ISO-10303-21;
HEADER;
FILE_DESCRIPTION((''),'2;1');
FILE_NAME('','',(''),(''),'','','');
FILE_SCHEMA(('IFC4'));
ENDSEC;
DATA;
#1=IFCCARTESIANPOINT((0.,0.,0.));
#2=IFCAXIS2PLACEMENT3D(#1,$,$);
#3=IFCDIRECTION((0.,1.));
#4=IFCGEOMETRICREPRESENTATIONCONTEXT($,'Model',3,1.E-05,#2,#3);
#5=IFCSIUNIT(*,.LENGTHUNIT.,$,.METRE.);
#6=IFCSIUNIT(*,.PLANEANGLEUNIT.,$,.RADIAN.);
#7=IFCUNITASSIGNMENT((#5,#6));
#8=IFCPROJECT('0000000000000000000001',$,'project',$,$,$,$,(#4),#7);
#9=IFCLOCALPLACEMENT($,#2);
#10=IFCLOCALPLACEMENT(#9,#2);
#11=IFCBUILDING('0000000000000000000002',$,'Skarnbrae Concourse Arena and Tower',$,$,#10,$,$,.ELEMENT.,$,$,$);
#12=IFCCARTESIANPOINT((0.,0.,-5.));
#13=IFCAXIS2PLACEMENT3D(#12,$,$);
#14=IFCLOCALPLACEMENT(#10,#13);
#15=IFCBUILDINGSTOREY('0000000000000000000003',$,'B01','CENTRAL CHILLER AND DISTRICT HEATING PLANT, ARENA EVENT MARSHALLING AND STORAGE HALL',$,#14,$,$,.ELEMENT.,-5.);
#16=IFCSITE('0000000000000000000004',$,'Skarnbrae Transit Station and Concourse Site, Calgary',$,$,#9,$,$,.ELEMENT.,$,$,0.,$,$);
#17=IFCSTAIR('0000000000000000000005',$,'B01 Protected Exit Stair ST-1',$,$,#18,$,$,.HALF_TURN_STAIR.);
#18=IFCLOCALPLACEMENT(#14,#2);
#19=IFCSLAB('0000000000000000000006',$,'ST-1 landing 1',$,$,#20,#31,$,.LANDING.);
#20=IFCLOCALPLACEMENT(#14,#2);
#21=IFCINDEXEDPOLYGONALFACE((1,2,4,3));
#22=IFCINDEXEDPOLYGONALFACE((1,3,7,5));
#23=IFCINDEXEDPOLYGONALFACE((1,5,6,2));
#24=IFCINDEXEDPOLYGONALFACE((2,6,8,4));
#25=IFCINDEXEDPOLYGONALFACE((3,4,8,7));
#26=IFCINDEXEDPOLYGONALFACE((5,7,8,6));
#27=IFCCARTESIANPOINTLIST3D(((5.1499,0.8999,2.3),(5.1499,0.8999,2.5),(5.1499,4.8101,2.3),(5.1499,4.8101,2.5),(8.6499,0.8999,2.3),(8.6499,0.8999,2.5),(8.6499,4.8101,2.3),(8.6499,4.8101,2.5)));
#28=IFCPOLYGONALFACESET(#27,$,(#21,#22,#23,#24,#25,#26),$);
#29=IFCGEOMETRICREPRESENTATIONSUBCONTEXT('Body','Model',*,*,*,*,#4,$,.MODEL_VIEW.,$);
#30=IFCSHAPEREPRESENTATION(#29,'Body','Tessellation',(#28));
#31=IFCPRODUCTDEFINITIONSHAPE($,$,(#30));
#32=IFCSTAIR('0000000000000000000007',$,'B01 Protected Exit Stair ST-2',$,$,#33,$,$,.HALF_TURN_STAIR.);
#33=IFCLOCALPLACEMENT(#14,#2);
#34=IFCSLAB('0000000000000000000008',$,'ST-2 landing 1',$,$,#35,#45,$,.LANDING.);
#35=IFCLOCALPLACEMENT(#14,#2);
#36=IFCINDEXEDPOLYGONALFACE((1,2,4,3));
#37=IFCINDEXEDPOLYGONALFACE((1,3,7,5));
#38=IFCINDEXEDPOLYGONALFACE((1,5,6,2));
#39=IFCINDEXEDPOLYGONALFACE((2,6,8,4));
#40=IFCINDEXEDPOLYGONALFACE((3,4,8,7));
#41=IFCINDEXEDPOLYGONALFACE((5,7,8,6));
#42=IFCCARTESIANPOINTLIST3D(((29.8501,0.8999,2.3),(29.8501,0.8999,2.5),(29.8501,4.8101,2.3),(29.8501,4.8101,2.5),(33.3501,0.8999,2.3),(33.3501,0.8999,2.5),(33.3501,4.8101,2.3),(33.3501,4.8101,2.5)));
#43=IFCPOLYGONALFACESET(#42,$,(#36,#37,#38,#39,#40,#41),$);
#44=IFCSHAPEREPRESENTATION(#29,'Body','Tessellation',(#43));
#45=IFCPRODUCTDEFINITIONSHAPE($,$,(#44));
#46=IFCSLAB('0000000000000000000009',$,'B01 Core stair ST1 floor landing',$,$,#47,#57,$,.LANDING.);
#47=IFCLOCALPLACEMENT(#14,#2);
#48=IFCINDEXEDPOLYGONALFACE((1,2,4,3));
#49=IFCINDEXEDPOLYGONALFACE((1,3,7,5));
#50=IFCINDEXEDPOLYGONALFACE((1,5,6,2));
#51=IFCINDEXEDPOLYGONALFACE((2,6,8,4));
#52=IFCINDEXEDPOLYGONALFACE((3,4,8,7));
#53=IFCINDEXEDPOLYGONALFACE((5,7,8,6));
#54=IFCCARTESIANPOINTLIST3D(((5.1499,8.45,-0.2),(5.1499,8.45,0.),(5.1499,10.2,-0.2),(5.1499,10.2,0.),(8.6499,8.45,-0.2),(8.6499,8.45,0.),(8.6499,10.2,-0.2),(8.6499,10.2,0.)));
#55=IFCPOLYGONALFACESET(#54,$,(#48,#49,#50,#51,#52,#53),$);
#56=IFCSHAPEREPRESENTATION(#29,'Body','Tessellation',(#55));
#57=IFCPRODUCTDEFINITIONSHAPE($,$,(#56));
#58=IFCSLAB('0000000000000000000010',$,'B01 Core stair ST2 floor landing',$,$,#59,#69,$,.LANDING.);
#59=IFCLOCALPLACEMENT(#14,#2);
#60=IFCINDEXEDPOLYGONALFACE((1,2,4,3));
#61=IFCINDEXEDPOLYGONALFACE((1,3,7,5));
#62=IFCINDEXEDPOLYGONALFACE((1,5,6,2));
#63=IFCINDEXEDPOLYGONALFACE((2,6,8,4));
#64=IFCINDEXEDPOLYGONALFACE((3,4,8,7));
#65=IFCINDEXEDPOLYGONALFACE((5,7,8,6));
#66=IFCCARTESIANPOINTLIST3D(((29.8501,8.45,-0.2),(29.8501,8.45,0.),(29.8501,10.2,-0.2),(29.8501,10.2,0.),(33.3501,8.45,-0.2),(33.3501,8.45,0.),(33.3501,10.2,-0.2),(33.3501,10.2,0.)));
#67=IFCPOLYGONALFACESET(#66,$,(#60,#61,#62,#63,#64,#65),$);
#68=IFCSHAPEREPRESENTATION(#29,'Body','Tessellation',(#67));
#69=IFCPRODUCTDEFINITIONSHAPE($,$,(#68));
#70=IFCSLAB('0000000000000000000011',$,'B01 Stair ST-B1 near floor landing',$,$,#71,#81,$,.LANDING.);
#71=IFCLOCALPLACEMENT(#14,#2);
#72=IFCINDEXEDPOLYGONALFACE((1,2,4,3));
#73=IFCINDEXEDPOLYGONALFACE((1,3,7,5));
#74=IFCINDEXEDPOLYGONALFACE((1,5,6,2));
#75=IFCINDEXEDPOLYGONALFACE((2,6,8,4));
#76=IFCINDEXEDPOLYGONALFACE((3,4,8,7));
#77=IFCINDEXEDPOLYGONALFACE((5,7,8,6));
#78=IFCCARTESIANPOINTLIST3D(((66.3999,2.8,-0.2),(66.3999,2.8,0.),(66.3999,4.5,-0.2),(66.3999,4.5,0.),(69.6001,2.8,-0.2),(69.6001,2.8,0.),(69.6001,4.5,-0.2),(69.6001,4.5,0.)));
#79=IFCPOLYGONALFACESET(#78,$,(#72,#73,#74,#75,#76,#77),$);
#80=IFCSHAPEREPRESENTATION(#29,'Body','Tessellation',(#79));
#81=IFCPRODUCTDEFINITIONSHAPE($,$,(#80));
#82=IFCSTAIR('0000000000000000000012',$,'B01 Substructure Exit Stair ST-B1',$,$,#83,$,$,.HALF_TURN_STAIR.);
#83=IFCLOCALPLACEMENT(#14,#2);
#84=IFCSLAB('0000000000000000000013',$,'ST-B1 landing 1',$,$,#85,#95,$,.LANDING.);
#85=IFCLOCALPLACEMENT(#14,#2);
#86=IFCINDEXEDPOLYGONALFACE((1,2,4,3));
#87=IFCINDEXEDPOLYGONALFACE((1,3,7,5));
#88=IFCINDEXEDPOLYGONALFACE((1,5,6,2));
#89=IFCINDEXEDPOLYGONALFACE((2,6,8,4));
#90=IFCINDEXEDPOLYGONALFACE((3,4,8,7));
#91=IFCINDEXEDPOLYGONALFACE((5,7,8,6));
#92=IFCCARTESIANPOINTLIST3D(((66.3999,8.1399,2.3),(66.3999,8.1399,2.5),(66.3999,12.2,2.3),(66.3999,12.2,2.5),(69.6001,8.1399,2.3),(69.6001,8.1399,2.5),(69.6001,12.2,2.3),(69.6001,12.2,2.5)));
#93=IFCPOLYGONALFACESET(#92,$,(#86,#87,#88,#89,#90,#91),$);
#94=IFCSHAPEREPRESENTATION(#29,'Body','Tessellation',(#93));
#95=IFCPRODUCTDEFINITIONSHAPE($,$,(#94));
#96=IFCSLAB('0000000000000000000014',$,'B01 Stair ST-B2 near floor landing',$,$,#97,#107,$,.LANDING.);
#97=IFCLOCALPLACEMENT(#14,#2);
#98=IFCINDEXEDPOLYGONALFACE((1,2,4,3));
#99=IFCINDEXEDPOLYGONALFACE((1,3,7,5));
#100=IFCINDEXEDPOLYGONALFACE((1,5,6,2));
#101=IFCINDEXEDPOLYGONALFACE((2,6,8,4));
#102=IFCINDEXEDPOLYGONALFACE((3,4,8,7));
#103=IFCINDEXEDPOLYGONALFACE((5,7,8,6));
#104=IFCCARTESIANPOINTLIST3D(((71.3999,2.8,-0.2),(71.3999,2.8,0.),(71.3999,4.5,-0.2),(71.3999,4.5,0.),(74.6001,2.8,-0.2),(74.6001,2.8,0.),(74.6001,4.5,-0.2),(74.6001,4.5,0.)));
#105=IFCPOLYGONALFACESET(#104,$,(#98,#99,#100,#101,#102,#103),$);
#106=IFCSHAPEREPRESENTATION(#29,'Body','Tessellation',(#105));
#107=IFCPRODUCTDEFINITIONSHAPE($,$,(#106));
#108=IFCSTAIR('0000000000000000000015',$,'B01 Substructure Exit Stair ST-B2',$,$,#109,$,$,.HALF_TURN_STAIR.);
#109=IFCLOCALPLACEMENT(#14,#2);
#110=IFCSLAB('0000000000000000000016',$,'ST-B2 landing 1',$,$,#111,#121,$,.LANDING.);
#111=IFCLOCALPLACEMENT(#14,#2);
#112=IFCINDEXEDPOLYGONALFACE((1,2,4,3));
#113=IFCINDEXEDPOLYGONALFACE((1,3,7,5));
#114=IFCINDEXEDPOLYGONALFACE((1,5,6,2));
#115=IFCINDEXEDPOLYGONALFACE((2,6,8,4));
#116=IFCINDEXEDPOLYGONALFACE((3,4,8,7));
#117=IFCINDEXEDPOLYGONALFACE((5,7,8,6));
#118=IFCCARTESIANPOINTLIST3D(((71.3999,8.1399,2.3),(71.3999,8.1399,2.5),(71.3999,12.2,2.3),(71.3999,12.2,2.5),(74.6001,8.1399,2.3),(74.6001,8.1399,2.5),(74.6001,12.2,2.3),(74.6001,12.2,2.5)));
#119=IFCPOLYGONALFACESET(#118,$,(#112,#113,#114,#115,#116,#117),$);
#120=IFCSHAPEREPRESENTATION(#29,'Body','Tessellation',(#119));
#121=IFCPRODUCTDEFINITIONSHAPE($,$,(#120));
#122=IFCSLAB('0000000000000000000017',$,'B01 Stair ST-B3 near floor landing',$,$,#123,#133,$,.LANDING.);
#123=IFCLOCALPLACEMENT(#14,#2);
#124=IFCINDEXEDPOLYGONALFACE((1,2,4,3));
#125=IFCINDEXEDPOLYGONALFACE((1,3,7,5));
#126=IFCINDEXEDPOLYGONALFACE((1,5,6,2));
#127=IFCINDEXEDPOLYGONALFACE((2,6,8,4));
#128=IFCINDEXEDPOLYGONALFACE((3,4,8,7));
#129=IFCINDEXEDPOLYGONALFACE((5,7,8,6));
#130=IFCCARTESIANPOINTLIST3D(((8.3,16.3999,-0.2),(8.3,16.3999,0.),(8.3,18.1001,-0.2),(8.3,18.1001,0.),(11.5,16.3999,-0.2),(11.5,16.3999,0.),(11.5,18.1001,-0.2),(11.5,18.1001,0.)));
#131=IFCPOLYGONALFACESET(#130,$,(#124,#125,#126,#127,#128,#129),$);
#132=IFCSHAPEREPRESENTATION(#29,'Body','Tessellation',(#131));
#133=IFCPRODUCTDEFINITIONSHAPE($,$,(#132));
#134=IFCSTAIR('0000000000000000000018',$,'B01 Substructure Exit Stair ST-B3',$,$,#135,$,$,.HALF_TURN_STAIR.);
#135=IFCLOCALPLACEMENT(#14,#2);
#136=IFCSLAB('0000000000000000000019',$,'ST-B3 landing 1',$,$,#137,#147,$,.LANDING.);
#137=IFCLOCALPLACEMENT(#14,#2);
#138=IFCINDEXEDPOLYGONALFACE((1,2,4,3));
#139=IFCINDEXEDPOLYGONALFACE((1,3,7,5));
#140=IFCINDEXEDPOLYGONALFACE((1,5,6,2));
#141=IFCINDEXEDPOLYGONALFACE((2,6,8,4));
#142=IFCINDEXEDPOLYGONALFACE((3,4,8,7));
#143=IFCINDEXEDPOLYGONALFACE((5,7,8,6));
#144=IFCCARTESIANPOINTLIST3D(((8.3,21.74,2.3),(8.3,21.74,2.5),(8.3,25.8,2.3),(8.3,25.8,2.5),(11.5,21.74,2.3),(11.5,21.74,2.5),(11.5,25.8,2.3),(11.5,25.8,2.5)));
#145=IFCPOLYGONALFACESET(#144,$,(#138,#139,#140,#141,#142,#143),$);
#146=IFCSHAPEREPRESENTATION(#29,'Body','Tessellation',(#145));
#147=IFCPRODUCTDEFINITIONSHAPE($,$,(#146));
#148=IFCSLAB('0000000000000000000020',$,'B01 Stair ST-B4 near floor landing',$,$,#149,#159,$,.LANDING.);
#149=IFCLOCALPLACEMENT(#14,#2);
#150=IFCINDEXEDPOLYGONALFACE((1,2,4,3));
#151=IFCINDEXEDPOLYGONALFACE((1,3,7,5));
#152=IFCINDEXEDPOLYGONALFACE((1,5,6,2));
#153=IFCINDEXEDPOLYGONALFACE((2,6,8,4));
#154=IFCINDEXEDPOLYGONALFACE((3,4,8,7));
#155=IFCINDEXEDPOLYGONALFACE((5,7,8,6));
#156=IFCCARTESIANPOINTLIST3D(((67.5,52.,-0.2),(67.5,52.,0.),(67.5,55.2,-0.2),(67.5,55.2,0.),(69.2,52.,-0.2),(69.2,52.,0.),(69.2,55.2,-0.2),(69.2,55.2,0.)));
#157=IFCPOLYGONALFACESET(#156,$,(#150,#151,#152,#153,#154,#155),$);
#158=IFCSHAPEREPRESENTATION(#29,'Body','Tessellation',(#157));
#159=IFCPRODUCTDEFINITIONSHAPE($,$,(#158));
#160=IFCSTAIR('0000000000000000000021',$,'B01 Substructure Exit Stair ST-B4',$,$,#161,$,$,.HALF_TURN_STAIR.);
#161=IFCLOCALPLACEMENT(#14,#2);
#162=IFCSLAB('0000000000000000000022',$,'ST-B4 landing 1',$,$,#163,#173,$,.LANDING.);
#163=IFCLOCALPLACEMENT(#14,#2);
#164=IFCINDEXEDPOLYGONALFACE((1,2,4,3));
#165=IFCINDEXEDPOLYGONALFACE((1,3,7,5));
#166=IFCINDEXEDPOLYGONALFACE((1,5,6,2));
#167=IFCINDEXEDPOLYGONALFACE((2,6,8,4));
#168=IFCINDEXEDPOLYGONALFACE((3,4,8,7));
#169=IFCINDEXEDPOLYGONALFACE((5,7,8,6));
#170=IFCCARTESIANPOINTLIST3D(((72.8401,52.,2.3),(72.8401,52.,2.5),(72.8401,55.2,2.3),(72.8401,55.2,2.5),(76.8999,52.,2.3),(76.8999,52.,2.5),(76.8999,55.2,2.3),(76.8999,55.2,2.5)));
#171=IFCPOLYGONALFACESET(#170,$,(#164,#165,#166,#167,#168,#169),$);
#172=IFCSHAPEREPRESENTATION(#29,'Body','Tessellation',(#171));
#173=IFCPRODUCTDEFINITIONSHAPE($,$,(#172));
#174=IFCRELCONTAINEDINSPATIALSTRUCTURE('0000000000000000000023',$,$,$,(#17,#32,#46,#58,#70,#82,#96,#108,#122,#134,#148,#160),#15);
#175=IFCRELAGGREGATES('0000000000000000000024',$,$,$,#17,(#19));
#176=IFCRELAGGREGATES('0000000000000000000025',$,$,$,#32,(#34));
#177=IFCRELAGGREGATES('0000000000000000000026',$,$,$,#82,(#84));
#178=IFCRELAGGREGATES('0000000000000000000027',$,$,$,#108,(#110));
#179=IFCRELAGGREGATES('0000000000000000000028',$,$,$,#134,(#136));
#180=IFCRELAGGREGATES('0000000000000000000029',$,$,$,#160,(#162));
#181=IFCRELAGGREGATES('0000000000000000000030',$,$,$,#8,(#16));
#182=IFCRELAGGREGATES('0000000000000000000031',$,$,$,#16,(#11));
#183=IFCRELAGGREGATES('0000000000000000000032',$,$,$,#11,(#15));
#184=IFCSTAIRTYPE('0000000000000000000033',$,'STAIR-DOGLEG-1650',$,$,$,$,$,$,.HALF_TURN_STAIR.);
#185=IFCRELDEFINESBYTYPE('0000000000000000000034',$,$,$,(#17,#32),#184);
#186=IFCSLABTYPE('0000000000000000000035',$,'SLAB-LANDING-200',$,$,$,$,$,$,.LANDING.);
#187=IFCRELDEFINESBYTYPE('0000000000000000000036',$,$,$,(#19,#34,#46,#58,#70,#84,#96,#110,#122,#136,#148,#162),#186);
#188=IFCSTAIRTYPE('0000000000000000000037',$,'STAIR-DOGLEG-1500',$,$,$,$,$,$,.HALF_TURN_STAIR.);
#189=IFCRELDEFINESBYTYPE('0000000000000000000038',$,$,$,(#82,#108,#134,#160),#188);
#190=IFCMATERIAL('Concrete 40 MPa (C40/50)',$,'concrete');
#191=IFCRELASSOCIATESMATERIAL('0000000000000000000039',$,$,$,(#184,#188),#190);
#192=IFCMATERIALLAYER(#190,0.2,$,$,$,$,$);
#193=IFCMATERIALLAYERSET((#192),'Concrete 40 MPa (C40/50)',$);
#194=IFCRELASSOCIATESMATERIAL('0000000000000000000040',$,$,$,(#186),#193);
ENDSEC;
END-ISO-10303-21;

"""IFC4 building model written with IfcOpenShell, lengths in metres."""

from ifc_helpers import new_model, si_unit, direction, frame, origin, place, context, subcontext, project, spatial, polyline, outline, extrude, material, layer, layer_set, type_object, element, aggregate, save


model = new_model("IFC4")

# Units and contexts
model_context = context("Model", 3, precision=1e-05, world=origin(), true_north=direction((0.0, 1.0)))
body_context = subcontext(model_context, "Body", "Model", "MODEL_VIEW")
ifc_project = project(units=[si_unit("LENGTHUNIT", "METRE"), si_unit("PLANEANGLEUNIT", "RADIAN")], contexts=[model_context])

# Site, building, storey
site_placement = place(None, origin())
site = spatial("IfcSite", under=ifc_project, at=site_placement, Name="Skarnbrae Transit Station and Concourse Site, Calgary", CompositionType="ELEMENT", RefElevation=0.0)
building_placement = place(site_placement, origin())
building = spatial("IfcBuilding", under=site, at=building_placement, Name="Skarnbrae Concourse Arena and Tower", CompositionType="ELEMENT")
storey_placement = place(building_placement, frame((0.0, 0.0, -5.0)))
storey = spatial("IfcBuildingStorey", under=building, at=storey_placement, Name="B01", Description="CENTRAL CHILLER AND DISTRICT HEATING PLANT, ARENA EVENT MARSHALLING AND STORAGE HALL", CompositionType="ELEMENT", Elevation=-5.0)

# Stairs, slabs
ifc_material_1 = material(Name="Concrete 40 MPa (C40/50)", Category="concrete")
stair_type_1 = type_object("IfcStairType", Name="STAIR-DOGLEG-1650", PredefinedType="HALF_TURN_STAIR", material=ifc_material_1)
stair_1_placement = place(storey_placement, origin())
stair_1 = element("IfcStair", 1, at=stair_1_placement, inside=storey, type_object=stair_type_1, Name="B01 Protected Exit Stair ST-1", PredefinedType="HALF_TURN_STAIR")
ifc_layer_1 = layer(ifc_material_1, 0.2)
ifc_layer_set_1 = layer_set([ifc_layer_1], Name="Concrete 40 MPa (C40/50)")
slab_type_1 = type_object("IfcSlabType", Name="SLAB-LANDING-200", PredefinedType="LANDING", material=ifc_layer_set_1)
slab_1_placement = place(storey_placement, frame((0.0, 0.0, 2.3)))
slab_1 = element("IfcSlab", 2, at=slab_1_placement, type_object=slab_type_1, Name="ST-1 landing 1", PredefinedType="LANDING", context=body_context, shape_type="SweptSolid", body=[
    extrude(outline(polyline([(5.1499, 4.8101), (5.1499, 0.8999), (8.6499, 0.8999), (8.6499, 4.8101), (5.1499, 4.8101)])), origin(), (0.0, 0.0, 1.0), 0.2),
])
aggregate(stair_1, [slab_1])
stair_2_placement = place(storey_placement, origin())
stair_2 = element("IfcStair", 3, at=stair_2_placement, inside=storey, type_object=stair_type_1, Name="B01 Protected Exit Stair ST-2", PredefinedType="HALF_TURN_STAIR")
slab_2_placement = place(storey_placement, frame((0.0, 0.0, 2.3)))
slab_2 = element("IfcSlab", 4, at=slab_2_placement, type_object=slab_type_1, Name="ST-2 landing 1", PredefinedType="LANDING", context=body_context, shape_type="SweptSolid", body=[
    extrude(outline(polyline([(29.8501, 4.8101), (29.8501, 0.8999), (33.3501, 0.8999), (33.3501, 4.8101), (29.8501, 4.8101)])), origin(), (0.0, 0.0, 1.0), 0.2),
])
aggregate(stair_2, [slab_2])

# Slabs
slab_3_placement = place(storey_placement, frame((0.0, 0.0, -0.2)))
element("IfcSlab", 5, at=slab_3_placement, inside=storey, type_object=slab_type_1, Name="B01 Core stair ST1 floor landing", PredefinedType="LANDING", context=body_context, shape_type="SweptSolid", body=[
    extrude(outline(polyline([(5.1499, 10.2), (5.1499, 8.45), (8.6499, 8.45), (8.6499, 10.2), (5.1499, 10.2)])), origin(), (0.0, 0.0, 1.0), 0.2),
])
slab_4_placement = place(storey_placement, frame((0.0, 0.0, -0.2)))
element("IfcSlab", 6, at=slab_4_placement, inside=storey, type_object=slab_type_1, Name="B01 Core stair ST2 floor landing", PredefinedType="LANDING", context=body_context, shape_type="SweptSolid", body=[
    extrude(outline(polyline([(29.8501, 10.2), (29.8501, 8.45), (33.3501, 8.45), (33.3501, 10.2), (29.8501, 10.2)])), origin(), (0.0, 0.0, 1.0), 0.2),
])
slab_5_placement = place(storey_placement, frame((0.0, 0.0, -0.2)))
element("IfcSlab", 7, at=slab_5_placement, inside=storey, type_object=slab_type_1, Name="B01 Stair ST-B1 near floor landing", PredefinedType="LANDING", context=body_context, shape_type="SweptSolid", body=[
    extrude(outline(polyline([(69.6001, 2.8), (69.6001, 4.5), (66.3999, 4.5), (66.3999, 2.8), (69.6001, 2.8)])), origin(), (0.0, 0.0, 1.0), 0.2),
])

# Stair, slab
stair_type_2 = type_object("IfcStairType", Name="STAIR-DOGLEG-1500", PredefinedType="HALF_TURN_STAIR", material=ifc_material_1)
stair_3_placement = place(storey_placement, origin())
stair_3 = element("IfcStair", 8, at=stair_3_placement, inside=storey, type_object=stair_type_2, Name="B01 Substructure Exit Stair ST-B1", PredefinedType="HALF_TURN_STAIR")
slab_6_placement = place(storey_placement, frame((0.0, 0.0, 2.3)))
slab_6 = element("IfcSlab", 9, at=slab_6_placement, type_object=slab_type_1, Name="ST-B1 landing 1", PredefinedType="LANDING", context=body_context, shape_type="SweptSolid", body=[
    extrude(outline(polyline([(69.6001, 8.1399), (69.6001, 12.2), (66.3999, 12.2), (66.3999, 8.1399), (69.6001, 8.1399)])), origin(), (0.0, 0.0, 1.0), 0.2),
])
aggregate(stair_3, [slab_6])

# Slab
slab_7_placement = place(storey_placement, frame((0.0, 0.0, -0.2)))
element("IfcSlab", 10, at=slab_7_placement, inside=storey, type_object=slab_type_1, Name="B01 Stair ST-B2 near floor landing", PredefinedType="LANDING", context=body_context, shape_type="SweptSolid", body=[
    extrude(outline(polyline([(74.6001, 2.8), (74.6001, 4.5), (71.3999, 4.5), (71.3999, 2.8), (74.6001, 2.8)])), origin(), (0.0, 0.0, 1.0), 0.2),
])

# Stair, slab
stair_4_placement = place(storey_placement, origin())
stair_4 = element("IfcStair", 11, at=stair_4_placement, inside=storey, type_object=stair_type_2, Name="B01 Substructure Exit Stair ST-B2", PredefinedType="HALF_TURN_STAIR")
slab_8_placement = place(storey_placement, frame((0.0, 0.0, 2.3)))
slab_8 = element("IfcSlab", 12, at=slab_8_placement, type_object=slab_type_1, Name="ST-B2 landing 1", PredefinedType="LANDING", context=body_context, shape_type="SweptSolid", body=[
    extrude(outline(polyline([(74.6001, 8.1399), (74.6001, 12.2), (71.3999, 12.2), (71.3999, 8.1399), (74.6001, 8.1399)])), origin(), (0.0, 0.0, 1.0), 0.2),
])
aggregate(stair_4, [slab_8])

# Slab
slab_9_placement = place(storey_placement, frame((0.0, 0.0, -0.2)))
element("IfcSlab", 13, at=slab_9_placement, inside=storey, type_object=slab_type_1, Name="B01 Stair ST-B3 near floor landing", PredefinedType="LANDING", context=body_context, shape_type="SweptSolid", body=[
    extrude(outline(polyline([(11.5, 16.3999), (11.5, 18.1001), (8.3, 18.1001), (8.3, 16.3999), (11.5, 16.3999)])), origin(), (0.0, 0.0, 1.0), 0.2),
])

# Stair, slab
stair_5_placement = place(storey_placement, origin())
stair_5 = element("IfcStair", 14, at=stair_5_placement, inside=storey, type_object=stair_type_2, Name="B01 Substructure Exit Stair ST-B3", PredefinedType="HALF_TURN_STAIR")
slab_10_placement = place(storey_placement, frame((0.0, 0.0, 2.3)))
slab_10 = element("IfcSlab", 15, at=slab_10_placement, type_object=slab_type_1, Name="ST-B3 landing 1", PredefinedType="LANDING", context=body_context, shape_type="SweptSolid", body=[
    extrude(outline(polyline([(11.5, 21.74), (11.5, 25.8), (8.3, 25.8), (8.3, 21.74), (11.5, 21.74)])), origin(), (0.0, 0.0, 1.0), 0.2),
])
aggregate(stair_5, [slab_10])

# Slab
slab_11_placement = place(storey_placement, frame((0.0, 0.0, -0.2)))
element("IfcSlab", 16, at=slab_11_placement, inside=storey, type_object=slab_type_1, Name="B01 Stair ST-B4 near floor landing", PredefinedType="LANDING", context=body_context, shape_type="SweptSolid", body=[
    extrude(outline(polyline([(67.5, 52.0), (69.2, 52.0), (69.2, 55.2), (67.5, 55.2), (67.5, 52.0)])), origin(), (0.0, 0.0, 1.0), 0.2),
])

# Stair, slab
stair_6_placement = place(storey_placement, origin())
stair_6 = element("IfcStair", 17, at=stair_6_placement, inside=storey, type_object=stair_type_2, Name="B01 Substructure Exit Stair ST-B4", PredefinedType="HALF_TURN_STAIR")
slab_12_placement = place(storey_placement, frame((0.0, 0.0, 2.3)))
slab_12 = element("IfcSlab", 18, at=slab_12_placement, type_object=slab_type_1, Name="ST-B4 landing 1", PredefinedType="LANDING", context=body_context, shape_type="SweptSolid", body=[
    extrude(outline(polyline([(72.8401, 52.0), (76.8999, 52.0), (76.8999, 55.2), (72.8401, 55.2), (72.8401, 52.0)])), origin(), (0.0, 0.0, 1.0), 0.2),
])
aggregate(stair_6, [slab_12])

save(model, "model.ifc")
